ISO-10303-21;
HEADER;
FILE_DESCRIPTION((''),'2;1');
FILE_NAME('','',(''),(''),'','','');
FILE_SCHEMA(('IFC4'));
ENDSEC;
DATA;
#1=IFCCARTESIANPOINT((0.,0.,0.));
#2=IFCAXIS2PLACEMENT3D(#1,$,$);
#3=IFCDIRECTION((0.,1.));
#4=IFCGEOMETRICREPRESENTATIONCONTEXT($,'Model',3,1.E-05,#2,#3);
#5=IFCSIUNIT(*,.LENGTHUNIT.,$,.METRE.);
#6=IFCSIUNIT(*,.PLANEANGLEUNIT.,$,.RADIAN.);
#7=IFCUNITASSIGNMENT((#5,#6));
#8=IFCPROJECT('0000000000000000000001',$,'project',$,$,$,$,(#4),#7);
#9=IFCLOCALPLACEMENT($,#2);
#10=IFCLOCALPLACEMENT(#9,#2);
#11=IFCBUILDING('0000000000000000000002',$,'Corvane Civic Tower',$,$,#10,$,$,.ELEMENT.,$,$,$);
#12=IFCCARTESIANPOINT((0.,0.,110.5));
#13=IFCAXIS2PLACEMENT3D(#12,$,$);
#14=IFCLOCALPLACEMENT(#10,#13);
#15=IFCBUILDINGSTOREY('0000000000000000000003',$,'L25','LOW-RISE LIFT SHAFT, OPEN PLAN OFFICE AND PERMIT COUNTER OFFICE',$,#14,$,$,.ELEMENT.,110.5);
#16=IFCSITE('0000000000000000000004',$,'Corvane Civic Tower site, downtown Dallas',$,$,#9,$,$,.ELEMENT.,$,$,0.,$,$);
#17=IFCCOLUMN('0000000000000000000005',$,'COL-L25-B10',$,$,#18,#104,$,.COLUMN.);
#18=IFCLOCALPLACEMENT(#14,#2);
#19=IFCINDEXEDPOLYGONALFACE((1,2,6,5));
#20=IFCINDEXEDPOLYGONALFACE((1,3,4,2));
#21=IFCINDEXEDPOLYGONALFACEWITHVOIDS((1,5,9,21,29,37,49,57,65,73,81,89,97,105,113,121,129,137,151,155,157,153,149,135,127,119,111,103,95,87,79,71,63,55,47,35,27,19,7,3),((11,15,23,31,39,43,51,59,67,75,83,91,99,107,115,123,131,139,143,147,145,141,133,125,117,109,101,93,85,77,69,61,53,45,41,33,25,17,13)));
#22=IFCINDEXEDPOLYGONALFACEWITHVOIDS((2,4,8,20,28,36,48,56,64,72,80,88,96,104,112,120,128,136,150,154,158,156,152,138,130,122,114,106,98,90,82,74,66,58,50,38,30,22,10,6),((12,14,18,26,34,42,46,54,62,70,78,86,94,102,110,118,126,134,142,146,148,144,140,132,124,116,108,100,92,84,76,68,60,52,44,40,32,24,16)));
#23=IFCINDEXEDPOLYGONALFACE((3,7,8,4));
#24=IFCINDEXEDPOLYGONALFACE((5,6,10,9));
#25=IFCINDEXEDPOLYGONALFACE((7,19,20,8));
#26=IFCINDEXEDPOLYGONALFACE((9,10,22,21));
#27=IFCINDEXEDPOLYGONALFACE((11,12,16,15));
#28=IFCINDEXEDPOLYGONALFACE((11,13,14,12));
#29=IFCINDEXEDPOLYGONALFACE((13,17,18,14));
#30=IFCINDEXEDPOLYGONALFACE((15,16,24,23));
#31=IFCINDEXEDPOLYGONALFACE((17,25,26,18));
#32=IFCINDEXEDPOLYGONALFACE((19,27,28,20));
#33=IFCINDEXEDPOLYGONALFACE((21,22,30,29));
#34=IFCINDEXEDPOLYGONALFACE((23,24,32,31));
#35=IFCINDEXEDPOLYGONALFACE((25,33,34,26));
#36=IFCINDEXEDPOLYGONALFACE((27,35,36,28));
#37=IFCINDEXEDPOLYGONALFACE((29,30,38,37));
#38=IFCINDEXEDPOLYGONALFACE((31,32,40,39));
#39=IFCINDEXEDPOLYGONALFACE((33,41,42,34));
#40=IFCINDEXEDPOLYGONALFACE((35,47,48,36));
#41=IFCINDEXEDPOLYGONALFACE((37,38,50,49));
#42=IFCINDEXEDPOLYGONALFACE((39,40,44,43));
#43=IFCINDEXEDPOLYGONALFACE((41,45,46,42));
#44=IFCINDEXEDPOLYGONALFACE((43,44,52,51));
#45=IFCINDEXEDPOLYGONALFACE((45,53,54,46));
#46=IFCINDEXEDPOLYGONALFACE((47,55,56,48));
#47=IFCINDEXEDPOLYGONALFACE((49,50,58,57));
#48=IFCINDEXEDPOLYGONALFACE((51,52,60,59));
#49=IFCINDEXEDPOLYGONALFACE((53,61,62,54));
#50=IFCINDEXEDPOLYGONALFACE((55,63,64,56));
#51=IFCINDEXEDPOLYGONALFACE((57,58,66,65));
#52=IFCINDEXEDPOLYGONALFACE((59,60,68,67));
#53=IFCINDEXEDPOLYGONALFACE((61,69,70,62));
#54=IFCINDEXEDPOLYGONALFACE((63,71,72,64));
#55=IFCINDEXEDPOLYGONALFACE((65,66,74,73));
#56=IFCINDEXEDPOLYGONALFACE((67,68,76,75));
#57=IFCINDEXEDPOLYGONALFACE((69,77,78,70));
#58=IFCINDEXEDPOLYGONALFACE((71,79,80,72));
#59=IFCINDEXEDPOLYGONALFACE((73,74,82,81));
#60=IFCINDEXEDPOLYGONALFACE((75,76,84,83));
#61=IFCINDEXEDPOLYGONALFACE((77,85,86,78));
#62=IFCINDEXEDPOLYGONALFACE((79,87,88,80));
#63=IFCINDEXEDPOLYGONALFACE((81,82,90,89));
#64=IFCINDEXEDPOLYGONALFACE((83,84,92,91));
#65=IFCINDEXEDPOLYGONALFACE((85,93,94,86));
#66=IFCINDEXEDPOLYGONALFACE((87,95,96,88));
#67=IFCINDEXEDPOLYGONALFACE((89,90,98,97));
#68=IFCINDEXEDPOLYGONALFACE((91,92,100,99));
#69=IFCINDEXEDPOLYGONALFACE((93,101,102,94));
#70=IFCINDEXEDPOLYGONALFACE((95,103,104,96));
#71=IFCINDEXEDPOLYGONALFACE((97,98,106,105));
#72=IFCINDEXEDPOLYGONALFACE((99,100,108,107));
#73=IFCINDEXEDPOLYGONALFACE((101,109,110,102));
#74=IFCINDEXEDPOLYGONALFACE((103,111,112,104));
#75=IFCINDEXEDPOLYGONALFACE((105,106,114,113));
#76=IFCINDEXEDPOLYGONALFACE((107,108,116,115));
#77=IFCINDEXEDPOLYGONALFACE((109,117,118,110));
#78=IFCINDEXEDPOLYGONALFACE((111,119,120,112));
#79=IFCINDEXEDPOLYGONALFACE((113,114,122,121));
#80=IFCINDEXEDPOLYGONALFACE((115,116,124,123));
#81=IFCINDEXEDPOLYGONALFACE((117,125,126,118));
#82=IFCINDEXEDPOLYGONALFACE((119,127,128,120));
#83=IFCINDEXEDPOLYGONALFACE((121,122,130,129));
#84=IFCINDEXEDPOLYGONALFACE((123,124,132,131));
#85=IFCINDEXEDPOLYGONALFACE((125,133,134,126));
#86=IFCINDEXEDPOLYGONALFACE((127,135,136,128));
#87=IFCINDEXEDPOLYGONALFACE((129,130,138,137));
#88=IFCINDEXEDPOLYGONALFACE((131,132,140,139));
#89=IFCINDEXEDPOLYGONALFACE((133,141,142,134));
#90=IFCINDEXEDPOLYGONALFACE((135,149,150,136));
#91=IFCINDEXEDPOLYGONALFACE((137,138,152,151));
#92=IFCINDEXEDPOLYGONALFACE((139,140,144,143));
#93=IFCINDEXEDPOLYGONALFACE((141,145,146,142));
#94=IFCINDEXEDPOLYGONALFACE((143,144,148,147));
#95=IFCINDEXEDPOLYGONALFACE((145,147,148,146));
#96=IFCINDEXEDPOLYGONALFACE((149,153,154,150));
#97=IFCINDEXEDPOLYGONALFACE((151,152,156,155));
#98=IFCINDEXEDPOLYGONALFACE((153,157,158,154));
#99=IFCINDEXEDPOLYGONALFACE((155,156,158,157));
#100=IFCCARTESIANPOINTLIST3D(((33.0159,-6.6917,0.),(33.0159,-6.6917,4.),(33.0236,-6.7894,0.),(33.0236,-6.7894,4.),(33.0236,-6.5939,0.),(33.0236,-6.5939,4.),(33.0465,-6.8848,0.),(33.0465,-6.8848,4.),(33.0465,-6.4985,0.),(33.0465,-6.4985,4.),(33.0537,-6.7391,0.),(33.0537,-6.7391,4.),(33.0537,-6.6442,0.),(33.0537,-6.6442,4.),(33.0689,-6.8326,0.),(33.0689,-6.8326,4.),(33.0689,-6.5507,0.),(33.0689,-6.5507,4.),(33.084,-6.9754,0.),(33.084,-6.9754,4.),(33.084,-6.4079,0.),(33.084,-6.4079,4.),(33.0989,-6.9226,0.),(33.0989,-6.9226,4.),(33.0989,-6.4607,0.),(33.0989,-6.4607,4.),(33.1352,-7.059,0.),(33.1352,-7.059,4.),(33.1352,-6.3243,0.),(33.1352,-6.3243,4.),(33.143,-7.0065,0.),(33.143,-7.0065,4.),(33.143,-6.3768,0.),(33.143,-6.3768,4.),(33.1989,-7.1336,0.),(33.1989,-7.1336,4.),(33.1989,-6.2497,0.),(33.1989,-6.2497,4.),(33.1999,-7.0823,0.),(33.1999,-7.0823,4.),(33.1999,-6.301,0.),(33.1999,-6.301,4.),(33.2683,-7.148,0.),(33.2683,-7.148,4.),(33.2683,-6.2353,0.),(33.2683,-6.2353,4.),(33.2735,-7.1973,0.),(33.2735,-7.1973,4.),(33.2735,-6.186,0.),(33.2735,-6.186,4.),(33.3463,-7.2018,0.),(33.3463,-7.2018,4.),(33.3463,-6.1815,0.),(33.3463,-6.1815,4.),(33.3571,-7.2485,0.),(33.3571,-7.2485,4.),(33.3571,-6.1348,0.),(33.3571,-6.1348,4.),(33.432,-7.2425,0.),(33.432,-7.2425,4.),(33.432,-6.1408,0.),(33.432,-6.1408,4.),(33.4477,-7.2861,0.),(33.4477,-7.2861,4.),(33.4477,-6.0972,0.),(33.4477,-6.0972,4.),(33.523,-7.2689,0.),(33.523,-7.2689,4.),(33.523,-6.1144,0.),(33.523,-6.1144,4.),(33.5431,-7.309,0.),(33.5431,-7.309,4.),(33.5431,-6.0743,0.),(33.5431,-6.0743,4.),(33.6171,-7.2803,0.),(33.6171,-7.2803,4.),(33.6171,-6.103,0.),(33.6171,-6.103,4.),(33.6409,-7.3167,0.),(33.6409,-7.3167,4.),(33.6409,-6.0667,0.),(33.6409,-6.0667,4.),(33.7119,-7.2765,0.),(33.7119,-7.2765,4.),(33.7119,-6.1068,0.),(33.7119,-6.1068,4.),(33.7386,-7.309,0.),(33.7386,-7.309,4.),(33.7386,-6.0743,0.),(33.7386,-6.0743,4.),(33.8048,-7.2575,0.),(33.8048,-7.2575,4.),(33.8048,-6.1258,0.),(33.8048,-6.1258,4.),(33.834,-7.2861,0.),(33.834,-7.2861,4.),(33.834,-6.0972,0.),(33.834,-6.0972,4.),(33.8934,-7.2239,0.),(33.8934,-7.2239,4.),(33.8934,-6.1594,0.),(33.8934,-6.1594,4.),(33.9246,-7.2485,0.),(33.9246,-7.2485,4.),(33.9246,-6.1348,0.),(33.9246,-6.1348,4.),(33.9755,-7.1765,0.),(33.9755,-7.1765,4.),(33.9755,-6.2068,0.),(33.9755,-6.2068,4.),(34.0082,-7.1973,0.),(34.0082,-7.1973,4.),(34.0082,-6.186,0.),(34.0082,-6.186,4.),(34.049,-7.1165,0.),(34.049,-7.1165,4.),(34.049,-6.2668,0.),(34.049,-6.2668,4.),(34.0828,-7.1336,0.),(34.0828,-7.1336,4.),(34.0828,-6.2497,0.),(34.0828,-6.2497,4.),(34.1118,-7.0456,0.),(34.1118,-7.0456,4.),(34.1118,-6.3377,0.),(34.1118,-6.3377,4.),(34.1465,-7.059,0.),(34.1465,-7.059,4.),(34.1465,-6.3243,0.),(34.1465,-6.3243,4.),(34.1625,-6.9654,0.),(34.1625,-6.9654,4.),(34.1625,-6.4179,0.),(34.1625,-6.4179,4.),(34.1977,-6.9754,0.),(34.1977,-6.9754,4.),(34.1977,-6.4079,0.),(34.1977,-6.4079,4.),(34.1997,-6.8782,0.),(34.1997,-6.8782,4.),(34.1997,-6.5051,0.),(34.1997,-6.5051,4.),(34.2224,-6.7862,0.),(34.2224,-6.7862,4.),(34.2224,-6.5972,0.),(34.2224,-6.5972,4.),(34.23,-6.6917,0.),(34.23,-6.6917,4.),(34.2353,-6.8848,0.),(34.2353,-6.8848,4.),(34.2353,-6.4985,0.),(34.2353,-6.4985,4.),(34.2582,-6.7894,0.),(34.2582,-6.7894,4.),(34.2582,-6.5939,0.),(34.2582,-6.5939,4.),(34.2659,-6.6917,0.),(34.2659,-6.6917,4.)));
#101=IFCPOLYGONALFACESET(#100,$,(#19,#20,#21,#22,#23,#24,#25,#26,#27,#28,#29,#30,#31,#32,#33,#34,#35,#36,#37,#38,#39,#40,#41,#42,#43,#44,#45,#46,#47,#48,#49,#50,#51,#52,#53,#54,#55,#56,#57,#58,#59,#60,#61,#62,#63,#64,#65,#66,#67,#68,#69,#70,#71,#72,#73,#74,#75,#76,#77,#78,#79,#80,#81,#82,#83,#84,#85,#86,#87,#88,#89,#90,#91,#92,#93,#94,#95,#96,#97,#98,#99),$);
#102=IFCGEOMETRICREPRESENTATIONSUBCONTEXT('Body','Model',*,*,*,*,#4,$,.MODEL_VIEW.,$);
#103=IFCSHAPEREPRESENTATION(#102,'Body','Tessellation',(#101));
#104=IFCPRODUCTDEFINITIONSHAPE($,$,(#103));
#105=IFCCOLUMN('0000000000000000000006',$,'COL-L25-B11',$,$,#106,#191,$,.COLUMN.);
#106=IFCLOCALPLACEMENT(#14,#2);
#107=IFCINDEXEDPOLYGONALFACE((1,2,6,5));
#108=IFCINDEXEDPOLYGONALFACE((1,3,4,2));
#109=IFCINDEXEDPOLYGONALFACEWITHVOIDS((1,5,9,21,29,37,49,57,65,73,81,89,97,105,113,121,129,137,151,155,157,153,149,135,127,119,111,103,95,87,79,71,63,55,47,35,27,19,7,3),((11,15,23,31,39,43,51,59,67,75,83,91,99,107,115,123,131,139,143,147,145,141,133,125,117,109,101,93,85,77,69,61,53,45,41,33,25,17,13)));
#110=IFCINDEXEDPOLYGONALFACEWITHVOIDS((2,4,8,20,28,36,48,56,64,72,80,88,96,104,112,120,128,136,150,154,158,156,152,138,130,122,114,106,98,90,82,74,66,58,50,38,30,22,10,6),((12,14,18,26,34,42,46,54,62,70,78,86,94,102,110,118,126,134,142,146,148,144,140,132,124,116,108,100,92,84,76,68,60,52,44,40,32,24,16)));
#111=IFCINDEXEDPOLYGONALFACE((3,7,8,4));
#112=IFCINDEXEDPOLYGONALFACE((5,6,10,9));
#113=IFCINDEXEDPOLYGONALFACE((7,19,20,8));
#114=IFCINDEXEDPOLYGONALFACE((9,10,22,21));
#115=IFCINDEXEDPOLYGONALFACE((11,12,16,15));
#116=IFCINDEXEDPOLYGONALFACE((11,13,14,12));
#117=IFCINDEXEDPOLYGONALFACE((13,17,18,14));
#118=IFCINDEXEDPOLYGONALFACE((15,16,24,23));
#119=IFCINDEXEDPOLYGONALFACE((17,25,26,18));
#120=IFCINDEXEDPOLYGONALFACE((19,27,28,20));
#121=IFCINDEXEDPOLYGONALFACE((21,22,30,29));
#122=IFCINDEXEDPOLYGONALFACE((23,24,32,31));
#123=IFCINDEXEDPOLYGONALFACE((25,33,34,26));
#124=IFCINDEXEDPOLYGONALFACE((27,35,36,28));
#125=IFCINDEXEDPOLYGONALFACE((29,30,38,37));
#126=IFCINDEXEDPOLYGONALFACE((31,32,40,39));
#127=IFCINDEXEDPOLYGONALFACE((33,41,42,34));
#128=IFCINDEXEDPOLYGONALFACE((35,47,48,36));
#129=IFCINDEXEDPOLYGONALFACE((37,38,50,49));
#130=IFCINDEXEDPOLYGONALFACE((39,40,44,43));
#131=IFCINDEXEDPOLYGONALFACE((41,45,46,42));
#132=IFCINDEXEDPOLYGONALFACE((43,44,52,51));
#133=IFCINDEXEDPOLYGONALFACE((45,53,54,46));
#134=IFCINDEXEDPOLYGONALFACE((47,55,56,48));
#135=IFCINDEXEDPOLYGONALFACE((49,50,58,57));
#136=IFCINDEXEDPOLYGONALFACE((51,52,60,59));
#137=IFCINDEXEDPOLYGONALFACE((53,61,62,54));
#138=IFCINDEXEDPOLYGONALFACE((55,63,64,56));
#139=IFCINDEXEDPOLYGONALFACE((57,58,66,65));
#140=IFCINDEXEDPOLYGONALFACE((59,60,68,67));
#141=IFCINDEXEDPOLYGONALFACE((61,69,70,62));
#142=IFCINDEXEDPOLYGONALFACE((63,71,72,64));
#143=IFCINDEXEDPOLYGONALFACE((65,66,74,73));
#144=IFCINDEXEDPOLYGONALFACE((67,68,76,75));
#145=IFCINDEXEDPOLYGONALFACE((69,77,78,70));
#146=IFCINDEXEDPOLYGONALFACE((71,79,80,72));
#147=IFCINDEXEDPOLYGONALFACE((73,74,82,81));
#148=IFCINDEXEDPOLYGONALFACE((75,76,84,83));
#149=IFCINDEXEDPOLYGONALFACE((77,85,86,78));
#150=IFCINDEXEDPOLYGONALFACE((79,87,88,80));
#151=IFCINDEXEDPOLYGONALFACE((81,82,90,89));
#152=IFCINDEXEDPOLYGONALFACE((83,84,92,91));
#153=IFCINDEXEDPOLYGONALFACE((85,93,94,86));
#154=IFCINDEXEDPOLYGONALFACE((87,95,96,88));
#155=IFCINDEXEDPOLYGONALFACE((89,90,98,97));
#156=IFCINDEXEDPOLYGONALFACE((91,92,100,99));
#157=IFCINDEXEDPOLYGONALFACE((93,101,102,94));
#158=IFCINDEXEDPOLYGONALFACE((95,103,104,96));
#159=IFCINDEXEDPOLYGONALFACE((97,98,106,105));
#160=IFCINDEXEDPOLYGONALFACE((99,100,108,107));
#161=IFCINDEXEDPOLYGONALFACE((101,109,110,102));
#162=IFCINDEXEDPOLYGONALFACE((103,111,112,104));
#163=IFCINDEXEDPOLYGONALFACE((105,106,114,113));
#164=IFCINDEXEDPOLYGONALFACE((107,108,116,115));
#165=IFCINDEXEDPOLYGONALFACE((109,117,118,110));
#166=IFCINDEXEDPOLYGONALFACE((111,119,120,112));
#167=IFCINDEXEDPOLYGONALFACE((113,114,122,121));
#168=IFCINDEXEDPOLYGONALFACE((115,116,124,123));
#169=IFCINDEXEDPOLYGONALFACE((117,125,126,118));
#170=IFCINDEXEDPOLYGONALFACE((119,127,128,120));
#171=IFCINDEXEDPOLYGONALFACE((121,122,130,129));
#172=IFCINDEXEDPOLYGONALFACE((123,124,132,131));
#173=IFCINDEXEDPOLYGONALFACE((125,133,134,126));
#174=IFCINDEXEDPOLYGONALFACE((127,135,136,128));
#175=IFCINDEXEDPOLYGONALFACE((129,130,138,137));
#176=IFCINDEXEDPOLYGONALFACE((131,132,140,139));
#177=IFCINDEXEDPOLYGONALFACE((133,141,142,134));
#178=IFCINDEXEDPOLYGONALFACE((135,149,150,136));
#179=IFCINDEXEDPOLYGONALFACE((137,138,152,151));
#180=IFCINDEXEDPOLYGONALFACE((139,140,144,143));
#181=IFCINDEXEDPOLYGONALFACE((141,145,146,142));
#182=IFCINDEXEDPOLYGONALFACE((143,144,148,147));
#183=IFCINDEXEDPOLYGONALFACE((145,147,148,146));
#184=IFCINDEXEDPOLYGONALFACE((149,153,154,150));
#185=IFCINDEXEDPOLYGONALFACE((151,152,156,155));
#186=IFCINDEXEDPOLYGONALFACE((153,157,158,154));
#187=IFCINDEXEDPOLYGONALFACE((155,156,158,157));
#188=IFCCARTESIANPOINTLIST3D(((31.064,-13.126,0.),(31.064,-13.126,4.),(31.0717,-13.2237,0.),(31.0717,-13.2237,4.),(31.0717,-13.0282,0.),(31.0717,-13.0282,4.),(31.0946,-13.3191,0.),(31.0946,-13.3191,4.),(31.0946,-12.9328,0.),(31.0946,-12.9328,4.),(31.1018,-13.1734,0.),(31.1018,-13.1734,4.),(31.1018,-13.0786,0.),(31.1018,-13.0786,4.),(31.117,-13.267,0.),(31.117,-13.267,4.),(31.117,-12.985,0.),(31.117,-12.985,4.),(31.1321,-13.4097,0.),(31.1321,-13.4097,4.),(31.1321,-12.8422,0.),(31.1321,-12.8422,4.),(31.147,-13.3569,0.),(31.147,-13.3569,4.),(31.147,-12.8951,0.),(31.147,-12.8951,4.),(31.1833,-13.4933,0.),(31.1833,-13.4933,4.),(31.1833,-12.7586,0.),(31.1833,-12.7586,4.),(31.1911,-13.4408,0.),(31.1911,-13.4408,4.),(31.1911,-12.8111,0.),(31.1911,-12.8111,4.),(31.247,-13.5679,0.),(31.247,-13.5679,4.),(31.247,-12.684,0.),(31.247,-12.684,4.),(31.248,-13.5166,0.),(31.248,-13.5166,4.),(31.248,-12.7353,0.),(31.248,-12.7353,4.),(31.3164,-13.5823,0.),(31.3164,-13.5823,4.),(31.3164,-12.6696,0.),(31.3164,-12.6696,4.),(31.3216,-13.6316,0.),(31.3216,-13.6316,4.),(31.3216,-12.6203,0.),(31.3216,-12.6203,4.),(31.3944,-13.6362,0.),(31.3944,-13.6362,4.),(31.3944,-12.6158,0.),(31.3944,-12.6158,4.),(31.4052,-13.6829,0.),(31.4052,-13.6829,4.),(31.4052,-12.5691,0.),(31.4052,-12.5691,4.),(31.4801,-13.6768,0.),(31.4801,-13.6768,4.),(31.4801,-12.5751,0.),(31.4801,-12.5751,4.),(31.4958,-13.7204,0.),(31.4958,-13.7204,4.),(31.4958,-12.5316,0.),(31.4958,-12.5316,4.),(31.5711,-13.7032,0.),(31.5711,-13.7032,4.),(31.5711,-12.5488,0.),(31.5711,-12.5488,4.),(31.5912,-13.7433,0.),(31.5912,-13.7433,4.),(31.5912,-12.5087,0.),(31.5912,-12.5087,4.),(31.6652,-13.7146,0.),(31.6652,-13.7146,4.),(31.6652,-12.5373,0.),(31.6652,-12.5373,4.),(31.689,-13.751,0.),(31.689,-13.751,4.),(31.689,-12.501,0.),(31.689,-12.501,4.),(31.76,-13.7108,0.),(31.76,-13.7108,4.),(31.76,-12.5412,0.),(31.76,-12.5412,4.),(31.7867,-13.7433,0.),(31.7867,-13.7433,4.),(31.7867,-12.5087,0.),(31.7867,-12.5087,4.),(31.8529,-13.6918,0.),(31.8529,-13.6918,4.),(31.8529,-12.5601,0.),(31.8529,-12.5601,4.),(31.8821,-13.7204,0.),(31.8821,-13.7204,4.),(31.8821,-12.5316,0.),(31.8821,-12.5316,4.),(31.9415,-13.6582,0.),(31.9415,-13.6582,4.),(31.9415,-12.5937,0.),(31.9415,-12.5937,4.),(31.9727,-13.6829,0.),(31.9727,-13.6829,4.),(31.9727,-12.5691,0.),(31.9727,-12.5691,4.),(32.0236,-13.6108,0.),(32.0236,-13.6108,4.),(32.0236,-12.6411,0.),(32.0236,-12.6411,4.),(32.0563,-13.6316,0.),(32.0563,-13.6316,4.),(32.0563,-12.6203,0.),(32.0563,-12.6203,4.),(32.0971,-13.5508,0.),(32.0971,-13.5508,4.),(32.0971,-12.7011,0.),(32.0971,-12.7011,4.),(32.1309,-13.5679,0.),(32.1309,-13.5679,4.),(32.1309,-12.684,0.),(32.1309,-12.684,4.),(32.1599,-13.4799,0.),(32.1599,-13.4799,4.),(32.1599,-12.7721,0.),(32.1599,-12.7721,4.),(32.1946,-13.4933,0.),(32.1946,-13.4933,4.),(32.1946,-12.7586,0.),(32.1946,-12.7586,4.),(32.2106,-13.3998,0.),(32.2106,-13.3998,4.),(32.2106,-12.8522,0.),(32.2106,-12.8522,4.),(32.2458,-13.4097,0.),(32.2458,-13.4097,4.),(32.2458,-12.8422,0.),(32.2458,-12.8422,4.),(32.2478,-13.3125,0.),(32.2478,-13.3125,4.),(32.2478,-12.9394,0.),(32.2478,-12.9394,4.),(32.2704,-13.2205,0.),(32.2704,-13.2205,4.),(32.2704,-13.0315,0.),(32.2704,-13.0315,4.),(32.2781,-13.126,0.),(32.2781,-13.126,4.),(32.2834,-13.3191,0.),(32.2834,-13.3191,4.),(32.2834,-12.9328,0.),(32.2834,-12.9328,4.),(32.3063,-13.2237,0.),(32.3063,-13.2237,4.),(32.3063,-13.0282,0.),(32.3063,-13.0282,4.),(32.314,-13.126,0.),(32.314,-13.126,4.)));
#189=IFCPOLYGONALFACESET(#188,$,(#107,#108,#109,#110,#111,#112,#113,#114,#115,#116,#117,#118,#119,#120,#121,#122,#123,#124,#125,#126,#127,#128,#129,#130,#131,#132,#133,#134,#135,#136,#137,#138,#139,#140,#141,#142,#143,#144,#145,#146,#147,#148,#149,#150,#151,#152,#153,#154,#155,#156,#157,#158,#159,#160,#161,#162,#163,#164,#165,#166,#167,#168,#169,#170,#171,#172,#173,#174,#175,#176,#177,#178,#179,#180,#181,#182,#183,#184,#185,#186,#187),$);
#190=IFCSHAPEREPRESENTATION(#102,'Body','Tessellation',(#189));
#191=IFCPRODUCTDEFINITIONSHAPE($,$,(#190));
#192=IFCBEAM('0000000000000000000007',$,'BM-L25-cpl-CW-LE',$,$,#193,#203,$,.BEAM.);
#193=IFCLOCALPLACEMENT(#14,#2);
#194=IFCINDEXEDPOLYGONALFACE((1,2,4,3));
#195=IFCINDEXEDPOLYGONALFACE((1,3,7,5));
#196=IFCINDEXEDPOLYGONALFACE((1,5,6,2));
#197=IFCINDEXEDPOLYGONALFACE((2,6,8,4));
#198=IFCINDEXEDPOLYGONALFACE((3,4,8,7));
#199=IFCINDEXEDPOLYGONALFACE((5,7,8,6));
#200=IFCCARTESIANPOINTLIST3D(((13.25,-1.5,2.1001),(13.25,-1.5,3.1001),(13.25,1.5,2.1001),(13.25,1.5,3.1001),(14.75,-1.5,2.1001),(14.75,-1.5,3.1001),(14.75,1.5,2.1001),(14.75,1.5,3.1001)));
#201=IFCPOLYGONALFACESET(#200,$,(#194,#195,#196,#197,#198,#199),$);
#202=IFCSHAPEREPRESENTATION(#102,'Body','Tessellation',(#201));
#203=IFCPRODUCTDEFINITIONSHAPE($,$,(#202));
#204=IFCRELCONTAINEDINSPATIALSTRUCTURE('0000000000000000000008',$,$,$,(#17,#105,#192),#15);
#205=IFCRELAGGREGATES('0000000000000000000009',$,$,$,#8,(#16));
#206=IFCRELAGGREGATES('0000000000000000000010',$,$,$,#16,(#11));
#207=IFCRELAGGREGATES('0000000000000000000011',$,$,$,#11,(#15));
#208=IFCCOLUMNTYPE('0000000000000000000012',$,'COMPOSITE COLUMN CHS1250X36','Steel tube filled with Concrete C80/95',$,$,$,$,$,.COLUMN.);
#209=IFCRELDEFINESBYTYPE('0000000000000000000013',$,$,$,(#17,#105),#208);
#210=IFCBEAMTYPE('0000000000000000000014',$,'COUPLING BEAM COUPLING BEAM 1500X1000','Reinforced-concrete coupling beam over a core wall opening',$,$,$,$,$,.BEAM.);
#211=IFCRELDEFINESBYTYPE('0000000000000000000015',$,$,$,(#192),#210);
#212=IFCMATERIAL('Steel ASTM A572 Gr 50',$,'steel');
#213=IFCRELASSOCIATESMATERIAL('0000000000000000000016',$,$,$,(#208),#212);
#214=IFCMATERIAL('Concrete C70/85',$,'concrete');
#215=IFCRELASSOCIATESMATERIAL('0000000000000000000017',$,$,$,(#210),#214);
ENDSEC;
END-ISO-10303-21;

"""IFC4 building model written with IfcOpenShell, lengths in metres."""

from ifc_helpers import new_model, si_unit, direction, frame, origin, origin_2d, place, context, subcontext, project, spatial, rectangle, hollow_circle, extrude, material, material_profile, profile_set, type_object, element, save


model = new_model("IFC4")

# Units and contexts
model_context = context("Model", 3, precision=1e-05, world=origin(), true_north=direction((0.0, 1.0)))
body_context = subcontext(model_context, "Body", "Model", "MODEL_VIEW")
ifc_project = project(units=[si_unit("LENGTHUNIT", "METRE"), si_unit("PLANEANGLEUNIT", "RADIAN")], contexts=[model_context])

# Site, building, storey
site_placement = place(None, origin())
site = spatial("IfcSite", under=ifc_project, at=site_placement, Name="Corvane Civic Tower site, downtown Dallas", CompositionType="ELEMENT", RefElevation=0.0)
building_placement = place(site_placement, origin())
building = spatial("IfcBuilding", under=site, at=building_placement, Name="Corvane Civic Tower", CompositionType="ELEMENT")
storey_placement = place(building_placement, frame((0.0, 0.0, 110.5)))
storey = spatial("IfcBuildingStorey", under=building, at=storey_placement, Name="L25", Description="LOW-RISE LIFT SHAFT, OPEN PLAN OFFICE AND PERMIT COUNTER OFFICE", CompositionType="ELEMENT", Elevation=110.5)

# Columns
ifc_material_1 = material(Name="Steel ASTM A572 Gr 50", Category="steel")
ifc_material_profile_1 = material_profile(ifc_material_1, hollow_circle(Radius=0.625, WallThickness=0.0359, at=origin_2d()), Name="CHS1250X36")
ifc_profile_set_1 = profile_set([ifc_material_profile_1], Name="Steel ASTM A572 Gr 50")
column_type = type_object("IfcColumnType", Name="COMPOSITE COLUMN CHS1250X36", Description="Steel tube filled with Concrete C80/95", PredefinedType="COLUMN", material=ifc_profile_set_1)
for number, where, z_axis, x_axis, name in (
    (1, (33.6409, -6.6917, 0.0), (0.0, 0.0, 1.0), (1.0, 0.0, 0.0), "COL-L25-B10"),
    (2, (31.689, -13.126, 0.0), (0.0, 0.0, 1.0), (1.0, 0.0, 0.0), "COL-L25-B11"),
):
    element("IfcColumn", number, at=place(storey_placement, frame(where, z_axis=z_axis, x_axis=x_axis)), inside=storey, type_object=column_type, Name=name, PredefinedType="COLUMN", context=body_context, shape_type="SweptSolid", body=[
        extrude(hollow_circle(Radius=0.625, WallThickness=0.0359, at=origin_2d()), origin(), (0.0, 0.0, 1.0), 4.0),
    ])

# Beam
ifc_material_2 = material(Name="Concrete C70/85", Category="concrete")
ifc_material_profile_2 = material_profile(ifc_material_2, rectangle(XDim=1.5, YDim=1.0, at=origin_2d()), Name="COUPLING BEAM 1500X1000")
ifc_profile_set_2 = profile_set([ifc_material_profile_2], Name="Concrete C70/85")
beam_type_1 = type_object("IfcBeamType", Name="COUPLING BEAM COUPLING BEAM 1500X1000", Description="Reinforced-concrete coupling beam over a core wall opening", PredefinedType="BEAM", material=ifc_profile_set_2)
beam_1_placement = place(storey_placement, frame((14.0, -1.5, 2.6001), z_axis=(0.0, 1.0, 0.0), x_axis=(-1.0, 0.0, 0.0)))
element("IfcBeam", 3, at=beam_1_placement, inside=storey, type_object=beam_type_1, Name="BM-L25-cpl-CW-LE", PredefinedType="BEAM", context=body_context, shape_type="SweptSolid", body=[
    extrude(rectangle(XDim=1.5, YDim=1.0, at=origin_2d()), origin(), (0.0, 0.0, 1.0), 3.0),
])

save(model, "model.ifc")
